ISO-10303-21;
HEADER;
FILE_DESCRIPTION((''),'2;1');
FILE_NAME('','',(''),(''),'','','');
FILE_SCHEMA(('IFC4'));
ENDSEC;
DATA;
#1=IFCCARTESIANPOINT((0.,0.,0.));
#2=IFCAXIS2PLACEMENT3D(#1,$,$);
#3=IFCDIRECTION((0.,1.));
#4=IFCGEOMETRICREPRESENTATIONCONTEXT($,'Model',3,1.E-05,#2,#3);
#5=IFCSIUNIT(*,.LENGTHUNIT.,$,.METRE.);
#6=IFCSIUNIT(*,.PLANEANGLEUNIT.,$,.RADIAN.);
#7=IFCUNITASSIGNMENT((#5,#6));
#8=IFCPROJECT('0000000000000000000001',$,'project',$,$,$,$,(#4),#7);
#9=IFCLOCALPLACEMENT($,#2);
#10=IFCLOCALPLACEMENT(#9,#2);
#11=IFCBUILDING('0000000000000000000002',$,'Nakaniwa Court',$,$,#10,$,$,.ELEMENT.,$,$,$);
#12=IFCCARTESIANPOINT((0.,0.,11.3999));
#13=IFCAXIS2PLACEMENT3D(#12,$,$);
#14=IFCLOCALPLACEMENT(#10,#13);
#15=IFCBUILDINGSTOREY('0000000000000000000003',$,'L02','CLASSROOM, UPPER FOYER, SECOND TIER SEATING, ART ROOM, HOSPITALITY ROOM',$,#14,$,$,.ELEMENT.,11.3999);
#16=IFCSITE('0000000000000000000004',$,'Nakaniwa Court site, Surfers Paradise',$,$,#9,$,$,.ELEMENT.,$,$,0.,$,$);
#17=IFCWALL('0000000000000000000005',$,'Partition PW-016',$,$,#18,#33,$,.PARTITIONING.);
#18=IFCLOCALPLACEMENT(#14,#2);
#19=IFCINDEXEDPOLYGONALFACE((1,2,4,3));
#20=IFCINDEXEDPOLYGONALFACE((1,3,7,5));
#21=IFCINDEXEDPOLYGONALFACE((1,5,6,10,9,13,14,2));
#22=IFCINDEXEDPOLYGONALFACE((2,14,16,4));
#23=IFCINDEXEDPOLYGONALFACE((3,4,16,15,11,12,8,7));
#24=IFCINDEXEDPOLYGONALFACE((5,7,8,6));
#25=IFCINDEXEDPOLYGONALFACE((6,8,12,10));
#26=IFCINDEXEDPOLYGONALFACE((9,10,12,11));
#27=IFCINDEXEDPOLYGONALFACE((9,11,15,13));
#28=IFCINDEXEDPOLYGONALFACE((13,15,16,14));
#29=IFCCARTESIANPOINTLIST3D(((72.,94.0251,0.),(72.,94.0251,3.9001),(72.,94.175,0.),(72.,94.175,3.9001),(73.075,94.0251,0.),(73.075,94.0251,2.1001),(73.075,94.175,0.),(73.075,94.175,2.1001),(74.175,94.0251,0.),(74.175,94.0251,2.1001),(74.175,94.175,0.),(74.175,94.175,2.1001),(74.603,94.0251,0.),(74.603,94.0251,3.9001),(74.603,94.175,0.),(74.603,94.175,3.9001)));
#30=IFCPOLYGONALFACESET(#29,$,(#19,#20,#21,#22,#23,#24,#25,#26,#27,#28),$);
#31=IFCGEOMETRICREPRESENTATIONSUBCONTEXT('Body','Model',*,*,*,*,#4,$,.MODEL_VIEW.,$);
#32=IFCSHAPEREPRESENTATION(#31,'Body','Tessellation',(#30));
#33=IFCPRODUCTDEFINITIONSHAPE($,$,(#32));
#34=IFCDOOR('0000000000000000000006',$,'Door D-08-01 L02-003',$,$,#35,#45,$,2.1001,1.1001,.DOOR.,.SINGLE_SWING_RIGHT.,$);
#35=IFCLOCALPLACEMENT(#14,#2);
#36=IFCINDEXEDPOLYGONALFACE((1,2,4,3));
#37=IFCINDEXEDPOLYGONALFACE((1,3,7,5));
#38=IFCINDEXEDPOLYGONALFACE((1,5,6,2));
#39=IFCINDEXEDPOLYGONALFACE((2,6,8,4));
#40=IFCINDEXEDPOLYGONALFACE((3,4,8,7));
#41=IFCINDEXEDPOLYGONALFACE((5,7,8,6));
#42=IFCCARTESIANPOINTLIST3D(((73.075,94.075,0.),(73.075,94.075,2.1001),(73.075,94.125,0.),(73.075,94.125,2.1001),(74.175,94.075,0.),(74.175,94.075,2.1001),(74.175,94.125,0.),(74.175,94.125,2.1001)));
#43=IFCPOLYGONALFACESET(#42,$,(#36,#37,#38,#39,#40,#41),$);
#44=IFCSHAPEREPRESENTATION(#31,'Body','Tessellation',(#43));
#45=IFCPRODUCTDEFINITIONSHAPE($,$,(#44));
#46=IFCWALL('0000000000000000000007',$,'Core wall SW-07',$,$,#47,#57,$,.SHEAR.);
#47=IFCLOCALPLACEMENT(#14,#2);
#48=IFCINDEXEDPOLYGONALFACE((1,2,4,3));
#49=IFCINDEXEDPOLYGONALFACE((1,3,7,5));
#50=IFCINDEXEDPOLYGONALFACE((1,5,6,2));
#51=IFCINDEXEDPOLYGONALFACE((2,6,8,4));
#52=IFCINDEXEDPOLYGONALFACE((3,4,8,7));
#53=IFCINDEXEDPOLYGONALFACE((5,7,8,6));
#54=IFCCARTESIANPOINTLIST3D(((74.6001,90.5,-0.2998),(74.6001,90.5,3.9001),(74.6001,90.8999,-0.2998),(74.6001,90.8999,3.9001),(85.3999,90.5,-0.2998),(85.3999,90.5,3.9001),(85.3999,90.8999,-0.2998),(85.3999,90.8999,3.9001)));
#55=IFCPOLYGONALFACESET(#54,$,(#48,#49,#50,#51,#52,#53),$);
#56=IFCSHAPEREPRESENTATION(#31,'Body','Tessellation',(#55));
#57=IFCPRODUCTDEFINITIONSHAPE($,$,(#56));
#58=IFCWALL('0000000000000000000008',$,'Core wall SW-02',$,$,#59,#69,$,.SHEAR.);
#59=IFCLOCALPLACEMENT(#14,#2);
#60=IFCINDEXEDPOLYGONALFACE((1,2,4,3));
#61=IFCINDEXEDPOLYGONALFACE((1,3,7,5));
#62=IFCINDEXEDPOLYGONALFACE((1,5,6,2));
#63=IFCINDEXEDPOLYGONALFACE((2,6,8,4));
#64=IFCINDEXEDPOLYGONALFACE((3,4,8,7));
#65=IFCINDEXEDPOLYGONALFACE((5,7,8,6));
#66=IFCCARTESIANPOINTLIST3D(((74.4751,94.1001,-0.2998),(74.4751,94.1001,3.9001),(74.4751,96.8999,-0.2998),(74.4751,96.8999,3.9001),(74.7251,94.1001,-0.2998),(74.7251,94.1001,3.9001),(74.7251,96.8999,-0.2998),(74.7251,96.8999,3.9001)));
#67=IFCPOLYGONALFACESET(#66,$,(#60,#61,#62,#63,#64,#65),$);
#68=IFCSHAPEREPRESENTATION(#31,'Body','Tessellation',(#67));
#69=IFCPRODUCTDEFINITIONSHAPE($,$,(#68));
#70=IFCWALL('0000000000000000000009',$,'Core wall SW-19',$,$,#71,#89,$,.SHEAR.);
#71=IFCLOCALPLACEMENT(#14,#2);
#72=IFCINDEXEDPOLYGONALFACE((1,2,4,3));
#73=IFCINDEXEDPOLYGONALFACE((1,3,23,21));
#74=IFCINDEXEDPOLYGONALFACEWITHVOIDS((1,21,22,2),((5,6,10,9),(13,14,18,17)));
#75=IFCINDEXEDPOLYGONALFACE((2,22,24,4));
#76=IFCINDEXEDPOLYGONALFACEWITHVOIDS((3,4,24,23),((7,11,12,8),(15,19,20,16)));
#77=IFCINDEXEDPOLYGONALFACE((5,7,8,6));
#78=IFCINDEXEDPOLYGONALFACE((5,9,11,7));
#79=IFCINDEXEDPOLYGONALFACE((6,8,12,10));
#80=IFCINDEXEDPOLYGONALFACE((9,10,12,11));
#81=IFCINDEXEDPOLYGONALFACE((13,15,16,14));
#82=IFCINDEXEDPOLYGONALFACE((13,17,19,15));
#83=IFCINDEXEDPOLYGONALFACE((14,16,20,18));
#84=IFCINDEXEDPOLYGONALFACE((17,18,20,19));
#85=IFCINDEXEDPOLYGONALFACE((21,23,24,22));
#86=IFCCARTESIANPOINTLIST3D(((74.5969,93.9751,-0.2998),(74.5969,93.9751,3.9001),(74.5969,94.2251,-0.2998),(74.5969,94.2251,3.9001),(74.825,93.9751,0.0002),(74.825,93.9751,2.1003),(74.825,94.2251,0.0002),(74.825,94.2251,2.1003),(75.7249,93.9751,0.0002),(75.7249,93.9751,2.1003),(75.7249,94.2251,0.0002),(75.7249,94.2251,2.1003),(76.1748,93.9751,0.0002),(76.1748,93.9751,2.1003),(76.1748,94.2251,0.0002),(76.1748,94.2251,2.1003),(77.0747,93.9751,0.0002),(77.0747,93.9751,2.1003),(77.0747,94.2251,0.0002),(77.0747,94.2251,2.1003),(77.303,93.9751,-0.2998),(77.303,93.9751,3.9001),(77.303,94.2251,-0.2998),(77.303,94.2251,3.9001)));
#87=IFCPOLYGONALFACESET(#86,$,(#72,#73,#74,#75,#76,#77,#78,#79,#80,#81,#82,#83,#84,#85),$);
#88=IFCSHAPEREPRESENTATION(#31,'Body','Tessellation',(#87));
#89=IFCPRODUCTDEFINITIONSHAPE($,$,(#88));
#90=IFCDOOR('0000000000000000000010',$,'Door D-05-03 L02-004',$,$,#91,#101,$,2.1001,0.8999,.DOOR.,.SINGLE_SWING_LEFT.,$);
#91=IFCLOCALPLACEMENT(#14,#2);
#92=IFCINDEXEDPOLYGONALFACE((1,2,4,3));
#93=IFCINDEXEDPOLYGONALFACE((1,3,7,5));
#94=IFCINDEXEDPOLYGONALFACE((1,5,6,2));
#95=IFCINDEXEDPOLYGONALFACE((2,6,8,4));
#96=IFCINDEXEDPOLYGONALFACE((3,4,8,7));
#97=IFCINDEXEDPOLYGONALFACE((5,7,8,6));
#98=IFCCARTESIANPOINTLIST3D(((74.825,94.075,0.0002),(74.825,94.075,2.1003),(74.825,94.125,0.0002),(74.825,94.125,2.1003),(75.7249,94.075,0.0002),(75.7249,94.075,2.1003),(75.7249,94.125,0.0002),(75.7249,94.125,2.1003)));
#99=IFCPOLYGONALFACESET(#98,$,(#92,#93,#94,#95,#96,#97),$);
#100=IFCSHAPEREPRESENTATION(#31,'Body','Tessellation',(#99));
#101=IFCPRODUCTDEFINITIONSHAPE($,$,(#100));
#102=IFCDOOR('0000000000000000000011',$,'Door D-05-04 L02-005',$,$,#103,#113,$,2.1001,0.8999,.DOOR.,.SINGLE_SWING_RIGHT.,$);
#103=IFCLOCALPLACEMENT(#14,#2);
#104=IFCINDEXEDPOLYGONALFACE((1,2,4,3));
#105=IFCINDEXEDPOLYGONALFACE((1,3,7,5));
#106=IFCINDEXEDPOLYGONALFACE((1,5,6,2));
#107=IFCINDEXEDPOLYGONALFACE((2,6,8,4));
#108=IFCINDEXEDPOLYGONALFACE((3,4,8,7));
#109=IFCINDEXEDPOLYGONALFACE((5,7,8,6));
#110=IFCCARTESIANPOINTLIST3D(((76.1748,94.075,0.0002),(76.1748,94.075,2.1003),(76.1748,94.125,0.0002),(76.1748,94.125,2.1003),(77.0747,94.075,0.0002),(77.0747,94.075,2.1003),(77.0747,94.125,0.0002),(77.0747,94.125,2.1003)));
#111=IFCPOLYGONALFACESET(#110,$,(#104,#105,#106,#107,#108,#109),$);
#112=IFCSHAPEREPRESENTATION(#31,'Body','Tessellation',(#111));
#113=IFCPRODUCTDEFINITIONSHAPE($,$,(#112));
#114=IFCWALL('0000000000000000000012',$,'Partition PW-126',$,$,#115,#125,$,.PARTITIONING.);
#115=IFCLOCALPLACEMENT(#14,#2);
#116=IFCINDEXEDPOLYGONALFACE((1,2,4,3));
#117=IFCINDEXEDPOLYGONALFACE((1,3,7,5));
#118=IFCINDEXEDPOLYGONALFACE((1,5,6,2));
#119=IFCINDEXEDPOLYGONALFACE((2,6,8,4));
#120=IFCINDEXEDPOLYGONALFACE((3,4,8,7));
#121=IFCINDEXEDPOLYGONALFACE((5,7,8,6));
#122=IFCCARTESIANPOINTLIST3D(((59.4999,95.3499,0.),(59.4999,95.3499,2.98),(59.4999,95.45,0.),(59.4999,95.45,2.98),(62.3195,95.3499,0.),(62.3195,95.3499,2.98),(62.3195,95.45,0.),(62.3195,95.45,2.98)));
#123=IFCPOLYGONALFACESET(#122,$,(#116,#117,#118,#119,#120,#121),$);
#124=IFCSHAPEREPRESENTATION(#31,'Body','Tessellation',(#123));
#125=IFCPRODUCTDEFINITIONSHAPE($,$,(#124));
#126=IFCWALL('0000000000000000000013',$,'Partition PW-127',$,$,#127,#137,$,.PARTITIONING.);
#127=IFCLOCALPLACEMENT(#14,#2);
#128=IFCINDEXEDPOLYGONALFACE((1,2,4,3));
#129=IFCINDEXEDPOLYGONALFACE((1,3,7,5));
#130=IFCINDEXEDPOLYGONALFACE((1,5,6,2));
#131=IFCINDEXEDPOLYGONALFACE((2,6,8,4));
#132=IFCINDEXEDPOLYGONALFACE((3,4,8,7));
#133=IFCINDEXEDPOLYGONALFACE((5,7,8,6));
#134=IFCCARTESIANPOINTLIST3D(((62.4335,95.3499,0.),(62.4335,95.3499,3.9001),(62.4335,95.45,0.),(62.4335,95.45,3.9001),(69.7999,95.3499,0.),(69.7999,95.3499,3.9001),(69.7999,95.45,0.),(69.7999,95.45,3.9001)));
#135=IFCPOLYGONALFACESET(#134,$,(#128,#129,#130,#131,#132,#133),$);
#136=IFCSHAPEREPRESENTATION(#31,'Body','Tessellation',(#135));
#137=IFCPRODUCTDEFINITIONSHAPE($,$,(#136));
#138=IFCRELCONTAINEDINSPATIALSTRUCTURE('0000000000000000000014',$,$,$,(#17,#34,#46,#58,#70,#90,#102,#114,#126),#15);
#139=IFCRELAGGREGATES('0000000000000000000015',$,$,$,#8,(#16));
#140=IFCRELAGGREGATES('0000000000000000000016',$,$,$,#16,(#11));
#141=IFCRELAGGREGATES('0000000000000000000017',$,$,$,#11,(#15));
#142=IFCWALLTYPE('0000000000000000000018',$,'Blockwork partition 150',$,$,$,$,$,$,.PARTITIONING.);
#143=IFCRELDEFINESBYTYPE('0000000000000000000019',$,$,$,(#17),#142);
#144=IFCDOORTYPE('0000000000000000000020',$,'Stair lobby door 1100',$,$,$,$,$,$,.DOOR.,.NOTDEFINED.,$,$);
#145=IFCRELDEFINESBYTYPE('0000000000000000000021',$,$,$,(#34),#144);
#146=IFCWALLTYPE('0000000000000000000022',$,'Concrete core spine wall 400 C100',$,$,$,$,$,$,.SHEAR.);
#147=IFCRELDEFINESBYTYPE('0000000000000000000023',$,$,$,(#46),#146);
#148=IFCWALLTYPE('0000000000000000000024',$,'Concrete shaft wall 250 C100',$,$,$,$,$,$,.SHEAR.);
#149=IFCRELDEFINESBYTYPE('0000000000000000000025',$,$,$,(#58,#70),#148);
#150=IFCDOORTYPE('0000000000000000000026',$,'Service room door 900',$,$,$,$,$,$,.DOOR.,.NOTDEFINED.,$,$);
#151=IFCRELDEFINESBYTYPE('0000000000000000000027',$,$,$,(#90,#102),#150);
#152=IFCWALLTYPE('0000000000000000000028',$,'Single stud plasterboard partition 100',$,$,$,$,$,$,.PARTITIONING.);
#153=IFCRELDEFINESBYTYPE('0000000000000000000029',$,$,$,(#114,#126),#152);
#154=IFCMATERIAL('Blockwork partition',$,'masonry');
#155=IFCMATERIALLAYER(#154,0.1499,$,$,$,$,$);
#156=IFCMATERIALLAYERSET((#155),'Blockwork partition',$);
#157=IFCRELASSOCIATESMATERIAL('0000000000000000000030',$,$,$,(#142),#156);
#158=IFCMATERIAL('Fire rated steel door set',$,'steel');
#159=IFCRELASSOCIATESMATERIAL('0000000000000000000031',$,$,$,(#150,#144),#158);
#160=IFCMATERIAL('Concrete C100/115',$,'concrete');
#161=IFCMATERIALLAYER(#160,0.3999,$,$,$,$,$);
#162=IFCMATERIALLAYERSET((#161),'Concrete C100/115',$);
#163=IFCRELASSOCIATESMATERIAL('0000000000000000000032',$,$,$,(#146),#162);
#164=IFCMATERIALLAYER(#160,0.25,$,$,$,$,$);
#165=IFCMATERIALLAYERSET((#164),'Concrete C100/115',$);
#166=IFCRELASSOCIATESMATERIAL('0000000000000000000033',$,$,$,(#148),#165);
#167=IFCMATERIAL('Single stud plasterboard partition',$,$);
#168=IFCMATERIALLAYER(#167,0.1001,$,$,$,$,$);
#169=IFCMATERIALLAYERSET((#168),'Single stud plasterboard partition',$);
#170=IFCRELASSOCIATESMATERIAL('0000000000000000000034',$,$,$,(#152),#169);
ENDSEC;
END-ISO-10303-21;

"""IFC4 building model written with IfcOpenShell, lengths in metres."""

from ifc_helpers import new_model, si_unit, direction, frame, frame_2d, origin, place, context, subcontext, project, spatial, rectangle, extrude, material, layer, layer_set, type_object, element, fill, save


model = new_model("IFC4")

# Units and contexts
model_context = context("Model", 3, precision=1e-05, world=origin(), true_north=direction((0.0, 1.0)))
body_context = subcontext(model_context, "Body", "Model", "MODEL_VIEW")
ifc_project = project(units=[si_unit("LENGTHUNIT", "METRE"), si_unit("PLANEANGLEUNIT", "RADIAN")], contexts=[model_context])

# Site, building, storey
site_placement = place(None, origin())
site = spatial("IfcSite", under=ifc_project, at=site_placement, Name="Nakaniwa Court site, Surfers Paradise", CompositionType="ELEMENT", RefElevation=0.0)
building_placement = place(site_placement, origin())
building = spatial("IfcBuilding", under=site, at=building_placement, Name="Nakaniwa Court", CompositionType="ELEMENT")
storey_placement = place(building_placement, frame((0.0, 0.0, 11.3999)))
storey = spatial("IfcBuildingStorey", under=building, at=storey_placement, Name="L02", Description="CLASSROOM, UPPER FOYER, SECOND TIER SEATING, ART ROOM, HOSPITALITY ROOM", CompositionType="ELEMENT", Elevation=11.3999)

# Shared definitions
ifc_material_1 = material(Name="Concrete C100/115", Category="concrete")

# Wall, opening, door
ifc_material_2 = material(Name="Blockwork partition", Category="masonry")
ifc_layer_1 = layer(ifc_material_2, 0.1499)
ifc_layer_set_1 = layer_set([ifc_layer_1], Name="Blockwork partition")
wall_type_1 = type_object("IfcWallType", Name="Blockwork partition 150", PredefinedType="PARTITIONING", material=ifc_layer_set_1)
ifc_material_3 = material(Name="Fire rated steel door set", Category="steel")
door_type_1 = type_object("IfcDoorType", Name="Service room door 900", OperationType="NOTDEFINED", PredefinedType="DOOR", material=ifc_material_3)
wall_1_placement = place(storey_placement, frame((72.0, 94.1001, 0.0), z_axis=(0.0, 0.0, 1.0), x_axis=(1.0, 0.0, 0.0)))
wall_1 = element("IfcWall", 1, at=wall_1_placement, inside=storey, type_object=wall_type_1, Name="Partition PW-016", PredefinedType="PARTITIONING", context=body_context, shape_type="SweptSolid", body=[
    extrude(rectangle(XDim=2.603, YDim=0.1499, at=frame_2d((1.3015, 0.0))), origin(), (0.0, 0.0, 1.0), 3.9001),
])
opening_1_placement = place(wall_1_placement, frame((1.075, 0.0, 0.0)))
opening_1 = element("IfcOpeningElement", 2, at=opening_1_placement, cuts=wall_1, PredefinedType="OPENING", context=body_context, shape_type="SweptSolid", body=[
    extrude(rectangle(XDim=1.1001, YDim=2.1001, at=frame_2d((0.55, 1.05))), frame((0.0, 0.085, 0.0), z_axis=(0.0, -1.0, 0.0), x_axis=(1.0, 0.0, 0.0)), (0.0, 0.0, 1.0), 0.1699),
])
door_type_2 = type_object("IfcDoorType", Name="Stair lobby door 1100", OperationType="NOTDEFINED", PredefinedType="DOOR", material=ifc_material_3)
door_1_placement = place(opening_1_placement, origin())
door_1 = element("IfcDoor", 3, at=door_1_placement, inside=storey, type_object=door_type_2, Name="Door D-08-01 L02-003", OperationType="SINGLE_SWING_RIGHT", OverallHeight=2.1001, OverallWidth=1.1001, PredefinedType="DOOR", context=body_context, shape_type="SweptSolid", body=[
    extrude(rectangle(XDim=1.1001, YDim=2.1001, at=frame_2d((0.55, 1.05))), frame((0.0, 0.0249, 0.0), z_axis=(0.0, -1.0, 0.0), x_axis=(1.0, 0.0, 0.0)), (0.0, 0.0, 1.0), 0.05),
])
fill(opening_1, door_1)

# Walls
ifc_layer_2 = layer(ifc_material_1, 0.3999)
ifc_layer_set_2 = layer_set([ifc_layer_2], Name="Concrete C100/115")
wall_type_2 = type_object("IfcWallType", Name="Concrete core spine wall 400 C100", PredefinedType="SHEAR", material=ifc_layer_set_2)
wall_2_placement = place(storey_placement, frame((74.6001, 90.7, -0.2998), z_axis=(0.0, 0.0, 1.0), x_axis=(1.0, 0.0, 0.0)))
element("IfcWall", 4, at=wall_2_placement, inside=storey, type_object=wall_type_2, Name="Core wall SW-07", PredefinedType="SHEAR", context=body_context, shape_type="SweptSolid", body=[
    extrude(rectangle(XDim=10.7998, YDim=0.3999, at=frame_2d((5.3999, 0.0))), origin(), (0.0, 0.0, 1.0), 4.2),
])
ifc_layer_3 = layer(ifc_material_1, 0.25)
ifc_layer_set_3 = layer_set([ifc_layer_3], Name="Concrete C100/115")
wall_type_3 = type_object("IfcWallType", Name="Concrete shaft wall 250 C100", PredefinedType="SHEAR", material=ifc_layer_set_3)
wall_3_placement = place(storey_placement, frame((74.6001, 94.1001, -0.2998), z_axis=(0.0, 0.0, 1.0), x_axis=(0.0, 1.0, 0.0)))
element("IfcWall", 5, at=wall_3_placement, inside=storey, type_object=wall_type_3, Name="Core wall SW-02", PredefinedType="SHEAR", context=body_context, shape_type="SweptSolid", body=[
    extrude(rectangle(XDim=2.7998, YDim=0.25, at=frame_2d((1.3999, 0.0))), origin(), (0.0, 0.0, 1.0), 4.2),
])

# Wall, openings, doors
wall_4_placement = place(storey_placement, frame((74.5969, 94.1001, -0.2998), z_axis=(0.0, 0.0, 1.0), x_axis=(1.0, 0.0, 0.0)))
wall_4 = element("IfcWall", 6, at=wall_4_placement, inside=storey, type_object=wall_type_3, Name="Core wall SW-19", PredefinedType="SHEAR", context=body_context, shape_type="SweptSolid", body=[
    extrude(rectangle(XDim=2.7061, YDim=0.25, at=frame_2d((1.353, 0.0))), origin(), (0.0, 0.0, 1.0), 4.2),
])
opening_2_placement = place(wall_4_placement, frame((0.228, 0.0, 0.3)))
opening_2 = element("IfcOpeningElement", 7, at=opening_2_placement, cuts=wall_4, PredefinedType="OPENING", context=body_context, shape_type="SweptSolid", body=[
    extrude(rectangle(XDim=0.8999, YDim=2.1001, at=frame_2d((0.45, 1.05))), frame((0.0, 0.135, 0.0), z_axis=(0.0, -1.0, 0.0), x_axis=(1.0, 0.0, 0.0)), (0.0, 0.0, 1.0), 0.27),
])
opening_3_placement = place(wall_4_placement, frame((1.5779, 0.0, 0.3)))
opening_3 = element("IfcOpeningElement", 8, at=opening_3_placement, cuts=wall_4, PredefinedType="OPENING", context=body_context, shape_type="SweptSolid", body=[
    extrude(rectangle(XDim=0.8999, YDim=2.1001, at=frame_2d((0.45, 1.05))), frame((0.0, 0.135, 0.0), z_axis=(0.0, -1.0, 0.0), x_axis=(1.0, 0.0, 0.0)), (0.0, 0.0, 1.0), 0.27),
])
door_2_placement = place(opening_2_placement, origin())
door_2 = element("IfcDoor", 9, at=door_2_placement, inside=storey, type_object=door_type_1, Name="Door D-05-03 L02-004", OperationType="SINGLE_SWING_LEFT", OverallHeight=2.1001, OverallWidth=0.8999, PredefinedType="DOOR", context=body_context, shape_type="SweptSolid", body=[
    extrude(rectangle(XDim=0.8999, YDim=2.1001, at=frame_2d((0.45, 1.05))), frame((0.0, 0.0249, 0.0), z_axis=(0.0, -1.0, 0.0), x_axis=(1.0, 0.0, 0.0)), (0.0, 0.0, 1.0), 0.05),
])
fill(opening_2, door_2)
door_3_placement = place(opening_3_placement, origin())
door_3 = element("IfcDoor", 10, at=door_3_placement, inside=storey, type_object=door_type_1, Name="Door D-05-04 L02-005", OperationType="SINGLE_SWING_RIGHT", OverallHeight=2.1001, OverallWidth=0.8999, PredefinedType="DOOR", context=body_context, shape_type="SweptSolid", body=[
    extrude(rectangle(XDim=0.8999, YDim=2.1001, at=frame_2d((0.45, 1.05))), frame((0.0, 0.0249, 0.0), z_axis=(0.0, -1.0, 0.0), x_axis=(1.0, 0.0, 0.0)), (0.0, 0.0, 1.0), 0.05),
])
fill(opening_3, door_3)

# Walls
ifc_material_4 = material(Name="Single stud plasterboard partition")
ifc_layer_4 = layer(ifc_material_4, 0.1001)
ifc_layer_set_4 = layer_set([ifc_layer_4], Name="Single stud plasterboard partition")
wall_type_4 = type_object("IfcWallType", Name="Single stud plasterboard partition 100", PredefinedType="PARTITIONING", material=ifc_layer_set_4)
wall_5_placement = place(storey_placement, frame((59.5, 95.3999, 0.0), z_axis=(0.0, 0.0, 1.0), x_axis=(1.0, 0.0, 0.0)))
element("IfcWall", 11, at=wall_5_placement, inside=storey, type_object=wall_type_4, Name="Partition PW-126", PredefinedType="PARTITIONING", context=body_context, shape_type="SweptSolid", body=[
    extrude(rectangle(XDim=2.8196, YDim=0.1001, at=frame_2d((1.4097, 0.0))), origin(), (0.0, 0.0, 1.0), 2.98),
])
wall_6_placement = place(storey_placement, frame((62.4336, 95.3999, 0.0), z_axis=(0.0, 0.0, 1.0), x_axis=(1.0, 0.0, 0.0)))
element("IfcWall", 12, at=wall_6_placement, inside=storey, type_object=wall_type_4, Name="Partition PW-127", PredefinedType="PARTITIONING", context=body_context, shape_type="SweptSolid", body=[
    extrude(rectangle(XDim=7.3665, YDim=0.1001, at=frame_2d((3.6831, 0.0))), origin(), (0.0, 0.0, 1.0), 3.9001),
])

save(model, "model.ifc")
